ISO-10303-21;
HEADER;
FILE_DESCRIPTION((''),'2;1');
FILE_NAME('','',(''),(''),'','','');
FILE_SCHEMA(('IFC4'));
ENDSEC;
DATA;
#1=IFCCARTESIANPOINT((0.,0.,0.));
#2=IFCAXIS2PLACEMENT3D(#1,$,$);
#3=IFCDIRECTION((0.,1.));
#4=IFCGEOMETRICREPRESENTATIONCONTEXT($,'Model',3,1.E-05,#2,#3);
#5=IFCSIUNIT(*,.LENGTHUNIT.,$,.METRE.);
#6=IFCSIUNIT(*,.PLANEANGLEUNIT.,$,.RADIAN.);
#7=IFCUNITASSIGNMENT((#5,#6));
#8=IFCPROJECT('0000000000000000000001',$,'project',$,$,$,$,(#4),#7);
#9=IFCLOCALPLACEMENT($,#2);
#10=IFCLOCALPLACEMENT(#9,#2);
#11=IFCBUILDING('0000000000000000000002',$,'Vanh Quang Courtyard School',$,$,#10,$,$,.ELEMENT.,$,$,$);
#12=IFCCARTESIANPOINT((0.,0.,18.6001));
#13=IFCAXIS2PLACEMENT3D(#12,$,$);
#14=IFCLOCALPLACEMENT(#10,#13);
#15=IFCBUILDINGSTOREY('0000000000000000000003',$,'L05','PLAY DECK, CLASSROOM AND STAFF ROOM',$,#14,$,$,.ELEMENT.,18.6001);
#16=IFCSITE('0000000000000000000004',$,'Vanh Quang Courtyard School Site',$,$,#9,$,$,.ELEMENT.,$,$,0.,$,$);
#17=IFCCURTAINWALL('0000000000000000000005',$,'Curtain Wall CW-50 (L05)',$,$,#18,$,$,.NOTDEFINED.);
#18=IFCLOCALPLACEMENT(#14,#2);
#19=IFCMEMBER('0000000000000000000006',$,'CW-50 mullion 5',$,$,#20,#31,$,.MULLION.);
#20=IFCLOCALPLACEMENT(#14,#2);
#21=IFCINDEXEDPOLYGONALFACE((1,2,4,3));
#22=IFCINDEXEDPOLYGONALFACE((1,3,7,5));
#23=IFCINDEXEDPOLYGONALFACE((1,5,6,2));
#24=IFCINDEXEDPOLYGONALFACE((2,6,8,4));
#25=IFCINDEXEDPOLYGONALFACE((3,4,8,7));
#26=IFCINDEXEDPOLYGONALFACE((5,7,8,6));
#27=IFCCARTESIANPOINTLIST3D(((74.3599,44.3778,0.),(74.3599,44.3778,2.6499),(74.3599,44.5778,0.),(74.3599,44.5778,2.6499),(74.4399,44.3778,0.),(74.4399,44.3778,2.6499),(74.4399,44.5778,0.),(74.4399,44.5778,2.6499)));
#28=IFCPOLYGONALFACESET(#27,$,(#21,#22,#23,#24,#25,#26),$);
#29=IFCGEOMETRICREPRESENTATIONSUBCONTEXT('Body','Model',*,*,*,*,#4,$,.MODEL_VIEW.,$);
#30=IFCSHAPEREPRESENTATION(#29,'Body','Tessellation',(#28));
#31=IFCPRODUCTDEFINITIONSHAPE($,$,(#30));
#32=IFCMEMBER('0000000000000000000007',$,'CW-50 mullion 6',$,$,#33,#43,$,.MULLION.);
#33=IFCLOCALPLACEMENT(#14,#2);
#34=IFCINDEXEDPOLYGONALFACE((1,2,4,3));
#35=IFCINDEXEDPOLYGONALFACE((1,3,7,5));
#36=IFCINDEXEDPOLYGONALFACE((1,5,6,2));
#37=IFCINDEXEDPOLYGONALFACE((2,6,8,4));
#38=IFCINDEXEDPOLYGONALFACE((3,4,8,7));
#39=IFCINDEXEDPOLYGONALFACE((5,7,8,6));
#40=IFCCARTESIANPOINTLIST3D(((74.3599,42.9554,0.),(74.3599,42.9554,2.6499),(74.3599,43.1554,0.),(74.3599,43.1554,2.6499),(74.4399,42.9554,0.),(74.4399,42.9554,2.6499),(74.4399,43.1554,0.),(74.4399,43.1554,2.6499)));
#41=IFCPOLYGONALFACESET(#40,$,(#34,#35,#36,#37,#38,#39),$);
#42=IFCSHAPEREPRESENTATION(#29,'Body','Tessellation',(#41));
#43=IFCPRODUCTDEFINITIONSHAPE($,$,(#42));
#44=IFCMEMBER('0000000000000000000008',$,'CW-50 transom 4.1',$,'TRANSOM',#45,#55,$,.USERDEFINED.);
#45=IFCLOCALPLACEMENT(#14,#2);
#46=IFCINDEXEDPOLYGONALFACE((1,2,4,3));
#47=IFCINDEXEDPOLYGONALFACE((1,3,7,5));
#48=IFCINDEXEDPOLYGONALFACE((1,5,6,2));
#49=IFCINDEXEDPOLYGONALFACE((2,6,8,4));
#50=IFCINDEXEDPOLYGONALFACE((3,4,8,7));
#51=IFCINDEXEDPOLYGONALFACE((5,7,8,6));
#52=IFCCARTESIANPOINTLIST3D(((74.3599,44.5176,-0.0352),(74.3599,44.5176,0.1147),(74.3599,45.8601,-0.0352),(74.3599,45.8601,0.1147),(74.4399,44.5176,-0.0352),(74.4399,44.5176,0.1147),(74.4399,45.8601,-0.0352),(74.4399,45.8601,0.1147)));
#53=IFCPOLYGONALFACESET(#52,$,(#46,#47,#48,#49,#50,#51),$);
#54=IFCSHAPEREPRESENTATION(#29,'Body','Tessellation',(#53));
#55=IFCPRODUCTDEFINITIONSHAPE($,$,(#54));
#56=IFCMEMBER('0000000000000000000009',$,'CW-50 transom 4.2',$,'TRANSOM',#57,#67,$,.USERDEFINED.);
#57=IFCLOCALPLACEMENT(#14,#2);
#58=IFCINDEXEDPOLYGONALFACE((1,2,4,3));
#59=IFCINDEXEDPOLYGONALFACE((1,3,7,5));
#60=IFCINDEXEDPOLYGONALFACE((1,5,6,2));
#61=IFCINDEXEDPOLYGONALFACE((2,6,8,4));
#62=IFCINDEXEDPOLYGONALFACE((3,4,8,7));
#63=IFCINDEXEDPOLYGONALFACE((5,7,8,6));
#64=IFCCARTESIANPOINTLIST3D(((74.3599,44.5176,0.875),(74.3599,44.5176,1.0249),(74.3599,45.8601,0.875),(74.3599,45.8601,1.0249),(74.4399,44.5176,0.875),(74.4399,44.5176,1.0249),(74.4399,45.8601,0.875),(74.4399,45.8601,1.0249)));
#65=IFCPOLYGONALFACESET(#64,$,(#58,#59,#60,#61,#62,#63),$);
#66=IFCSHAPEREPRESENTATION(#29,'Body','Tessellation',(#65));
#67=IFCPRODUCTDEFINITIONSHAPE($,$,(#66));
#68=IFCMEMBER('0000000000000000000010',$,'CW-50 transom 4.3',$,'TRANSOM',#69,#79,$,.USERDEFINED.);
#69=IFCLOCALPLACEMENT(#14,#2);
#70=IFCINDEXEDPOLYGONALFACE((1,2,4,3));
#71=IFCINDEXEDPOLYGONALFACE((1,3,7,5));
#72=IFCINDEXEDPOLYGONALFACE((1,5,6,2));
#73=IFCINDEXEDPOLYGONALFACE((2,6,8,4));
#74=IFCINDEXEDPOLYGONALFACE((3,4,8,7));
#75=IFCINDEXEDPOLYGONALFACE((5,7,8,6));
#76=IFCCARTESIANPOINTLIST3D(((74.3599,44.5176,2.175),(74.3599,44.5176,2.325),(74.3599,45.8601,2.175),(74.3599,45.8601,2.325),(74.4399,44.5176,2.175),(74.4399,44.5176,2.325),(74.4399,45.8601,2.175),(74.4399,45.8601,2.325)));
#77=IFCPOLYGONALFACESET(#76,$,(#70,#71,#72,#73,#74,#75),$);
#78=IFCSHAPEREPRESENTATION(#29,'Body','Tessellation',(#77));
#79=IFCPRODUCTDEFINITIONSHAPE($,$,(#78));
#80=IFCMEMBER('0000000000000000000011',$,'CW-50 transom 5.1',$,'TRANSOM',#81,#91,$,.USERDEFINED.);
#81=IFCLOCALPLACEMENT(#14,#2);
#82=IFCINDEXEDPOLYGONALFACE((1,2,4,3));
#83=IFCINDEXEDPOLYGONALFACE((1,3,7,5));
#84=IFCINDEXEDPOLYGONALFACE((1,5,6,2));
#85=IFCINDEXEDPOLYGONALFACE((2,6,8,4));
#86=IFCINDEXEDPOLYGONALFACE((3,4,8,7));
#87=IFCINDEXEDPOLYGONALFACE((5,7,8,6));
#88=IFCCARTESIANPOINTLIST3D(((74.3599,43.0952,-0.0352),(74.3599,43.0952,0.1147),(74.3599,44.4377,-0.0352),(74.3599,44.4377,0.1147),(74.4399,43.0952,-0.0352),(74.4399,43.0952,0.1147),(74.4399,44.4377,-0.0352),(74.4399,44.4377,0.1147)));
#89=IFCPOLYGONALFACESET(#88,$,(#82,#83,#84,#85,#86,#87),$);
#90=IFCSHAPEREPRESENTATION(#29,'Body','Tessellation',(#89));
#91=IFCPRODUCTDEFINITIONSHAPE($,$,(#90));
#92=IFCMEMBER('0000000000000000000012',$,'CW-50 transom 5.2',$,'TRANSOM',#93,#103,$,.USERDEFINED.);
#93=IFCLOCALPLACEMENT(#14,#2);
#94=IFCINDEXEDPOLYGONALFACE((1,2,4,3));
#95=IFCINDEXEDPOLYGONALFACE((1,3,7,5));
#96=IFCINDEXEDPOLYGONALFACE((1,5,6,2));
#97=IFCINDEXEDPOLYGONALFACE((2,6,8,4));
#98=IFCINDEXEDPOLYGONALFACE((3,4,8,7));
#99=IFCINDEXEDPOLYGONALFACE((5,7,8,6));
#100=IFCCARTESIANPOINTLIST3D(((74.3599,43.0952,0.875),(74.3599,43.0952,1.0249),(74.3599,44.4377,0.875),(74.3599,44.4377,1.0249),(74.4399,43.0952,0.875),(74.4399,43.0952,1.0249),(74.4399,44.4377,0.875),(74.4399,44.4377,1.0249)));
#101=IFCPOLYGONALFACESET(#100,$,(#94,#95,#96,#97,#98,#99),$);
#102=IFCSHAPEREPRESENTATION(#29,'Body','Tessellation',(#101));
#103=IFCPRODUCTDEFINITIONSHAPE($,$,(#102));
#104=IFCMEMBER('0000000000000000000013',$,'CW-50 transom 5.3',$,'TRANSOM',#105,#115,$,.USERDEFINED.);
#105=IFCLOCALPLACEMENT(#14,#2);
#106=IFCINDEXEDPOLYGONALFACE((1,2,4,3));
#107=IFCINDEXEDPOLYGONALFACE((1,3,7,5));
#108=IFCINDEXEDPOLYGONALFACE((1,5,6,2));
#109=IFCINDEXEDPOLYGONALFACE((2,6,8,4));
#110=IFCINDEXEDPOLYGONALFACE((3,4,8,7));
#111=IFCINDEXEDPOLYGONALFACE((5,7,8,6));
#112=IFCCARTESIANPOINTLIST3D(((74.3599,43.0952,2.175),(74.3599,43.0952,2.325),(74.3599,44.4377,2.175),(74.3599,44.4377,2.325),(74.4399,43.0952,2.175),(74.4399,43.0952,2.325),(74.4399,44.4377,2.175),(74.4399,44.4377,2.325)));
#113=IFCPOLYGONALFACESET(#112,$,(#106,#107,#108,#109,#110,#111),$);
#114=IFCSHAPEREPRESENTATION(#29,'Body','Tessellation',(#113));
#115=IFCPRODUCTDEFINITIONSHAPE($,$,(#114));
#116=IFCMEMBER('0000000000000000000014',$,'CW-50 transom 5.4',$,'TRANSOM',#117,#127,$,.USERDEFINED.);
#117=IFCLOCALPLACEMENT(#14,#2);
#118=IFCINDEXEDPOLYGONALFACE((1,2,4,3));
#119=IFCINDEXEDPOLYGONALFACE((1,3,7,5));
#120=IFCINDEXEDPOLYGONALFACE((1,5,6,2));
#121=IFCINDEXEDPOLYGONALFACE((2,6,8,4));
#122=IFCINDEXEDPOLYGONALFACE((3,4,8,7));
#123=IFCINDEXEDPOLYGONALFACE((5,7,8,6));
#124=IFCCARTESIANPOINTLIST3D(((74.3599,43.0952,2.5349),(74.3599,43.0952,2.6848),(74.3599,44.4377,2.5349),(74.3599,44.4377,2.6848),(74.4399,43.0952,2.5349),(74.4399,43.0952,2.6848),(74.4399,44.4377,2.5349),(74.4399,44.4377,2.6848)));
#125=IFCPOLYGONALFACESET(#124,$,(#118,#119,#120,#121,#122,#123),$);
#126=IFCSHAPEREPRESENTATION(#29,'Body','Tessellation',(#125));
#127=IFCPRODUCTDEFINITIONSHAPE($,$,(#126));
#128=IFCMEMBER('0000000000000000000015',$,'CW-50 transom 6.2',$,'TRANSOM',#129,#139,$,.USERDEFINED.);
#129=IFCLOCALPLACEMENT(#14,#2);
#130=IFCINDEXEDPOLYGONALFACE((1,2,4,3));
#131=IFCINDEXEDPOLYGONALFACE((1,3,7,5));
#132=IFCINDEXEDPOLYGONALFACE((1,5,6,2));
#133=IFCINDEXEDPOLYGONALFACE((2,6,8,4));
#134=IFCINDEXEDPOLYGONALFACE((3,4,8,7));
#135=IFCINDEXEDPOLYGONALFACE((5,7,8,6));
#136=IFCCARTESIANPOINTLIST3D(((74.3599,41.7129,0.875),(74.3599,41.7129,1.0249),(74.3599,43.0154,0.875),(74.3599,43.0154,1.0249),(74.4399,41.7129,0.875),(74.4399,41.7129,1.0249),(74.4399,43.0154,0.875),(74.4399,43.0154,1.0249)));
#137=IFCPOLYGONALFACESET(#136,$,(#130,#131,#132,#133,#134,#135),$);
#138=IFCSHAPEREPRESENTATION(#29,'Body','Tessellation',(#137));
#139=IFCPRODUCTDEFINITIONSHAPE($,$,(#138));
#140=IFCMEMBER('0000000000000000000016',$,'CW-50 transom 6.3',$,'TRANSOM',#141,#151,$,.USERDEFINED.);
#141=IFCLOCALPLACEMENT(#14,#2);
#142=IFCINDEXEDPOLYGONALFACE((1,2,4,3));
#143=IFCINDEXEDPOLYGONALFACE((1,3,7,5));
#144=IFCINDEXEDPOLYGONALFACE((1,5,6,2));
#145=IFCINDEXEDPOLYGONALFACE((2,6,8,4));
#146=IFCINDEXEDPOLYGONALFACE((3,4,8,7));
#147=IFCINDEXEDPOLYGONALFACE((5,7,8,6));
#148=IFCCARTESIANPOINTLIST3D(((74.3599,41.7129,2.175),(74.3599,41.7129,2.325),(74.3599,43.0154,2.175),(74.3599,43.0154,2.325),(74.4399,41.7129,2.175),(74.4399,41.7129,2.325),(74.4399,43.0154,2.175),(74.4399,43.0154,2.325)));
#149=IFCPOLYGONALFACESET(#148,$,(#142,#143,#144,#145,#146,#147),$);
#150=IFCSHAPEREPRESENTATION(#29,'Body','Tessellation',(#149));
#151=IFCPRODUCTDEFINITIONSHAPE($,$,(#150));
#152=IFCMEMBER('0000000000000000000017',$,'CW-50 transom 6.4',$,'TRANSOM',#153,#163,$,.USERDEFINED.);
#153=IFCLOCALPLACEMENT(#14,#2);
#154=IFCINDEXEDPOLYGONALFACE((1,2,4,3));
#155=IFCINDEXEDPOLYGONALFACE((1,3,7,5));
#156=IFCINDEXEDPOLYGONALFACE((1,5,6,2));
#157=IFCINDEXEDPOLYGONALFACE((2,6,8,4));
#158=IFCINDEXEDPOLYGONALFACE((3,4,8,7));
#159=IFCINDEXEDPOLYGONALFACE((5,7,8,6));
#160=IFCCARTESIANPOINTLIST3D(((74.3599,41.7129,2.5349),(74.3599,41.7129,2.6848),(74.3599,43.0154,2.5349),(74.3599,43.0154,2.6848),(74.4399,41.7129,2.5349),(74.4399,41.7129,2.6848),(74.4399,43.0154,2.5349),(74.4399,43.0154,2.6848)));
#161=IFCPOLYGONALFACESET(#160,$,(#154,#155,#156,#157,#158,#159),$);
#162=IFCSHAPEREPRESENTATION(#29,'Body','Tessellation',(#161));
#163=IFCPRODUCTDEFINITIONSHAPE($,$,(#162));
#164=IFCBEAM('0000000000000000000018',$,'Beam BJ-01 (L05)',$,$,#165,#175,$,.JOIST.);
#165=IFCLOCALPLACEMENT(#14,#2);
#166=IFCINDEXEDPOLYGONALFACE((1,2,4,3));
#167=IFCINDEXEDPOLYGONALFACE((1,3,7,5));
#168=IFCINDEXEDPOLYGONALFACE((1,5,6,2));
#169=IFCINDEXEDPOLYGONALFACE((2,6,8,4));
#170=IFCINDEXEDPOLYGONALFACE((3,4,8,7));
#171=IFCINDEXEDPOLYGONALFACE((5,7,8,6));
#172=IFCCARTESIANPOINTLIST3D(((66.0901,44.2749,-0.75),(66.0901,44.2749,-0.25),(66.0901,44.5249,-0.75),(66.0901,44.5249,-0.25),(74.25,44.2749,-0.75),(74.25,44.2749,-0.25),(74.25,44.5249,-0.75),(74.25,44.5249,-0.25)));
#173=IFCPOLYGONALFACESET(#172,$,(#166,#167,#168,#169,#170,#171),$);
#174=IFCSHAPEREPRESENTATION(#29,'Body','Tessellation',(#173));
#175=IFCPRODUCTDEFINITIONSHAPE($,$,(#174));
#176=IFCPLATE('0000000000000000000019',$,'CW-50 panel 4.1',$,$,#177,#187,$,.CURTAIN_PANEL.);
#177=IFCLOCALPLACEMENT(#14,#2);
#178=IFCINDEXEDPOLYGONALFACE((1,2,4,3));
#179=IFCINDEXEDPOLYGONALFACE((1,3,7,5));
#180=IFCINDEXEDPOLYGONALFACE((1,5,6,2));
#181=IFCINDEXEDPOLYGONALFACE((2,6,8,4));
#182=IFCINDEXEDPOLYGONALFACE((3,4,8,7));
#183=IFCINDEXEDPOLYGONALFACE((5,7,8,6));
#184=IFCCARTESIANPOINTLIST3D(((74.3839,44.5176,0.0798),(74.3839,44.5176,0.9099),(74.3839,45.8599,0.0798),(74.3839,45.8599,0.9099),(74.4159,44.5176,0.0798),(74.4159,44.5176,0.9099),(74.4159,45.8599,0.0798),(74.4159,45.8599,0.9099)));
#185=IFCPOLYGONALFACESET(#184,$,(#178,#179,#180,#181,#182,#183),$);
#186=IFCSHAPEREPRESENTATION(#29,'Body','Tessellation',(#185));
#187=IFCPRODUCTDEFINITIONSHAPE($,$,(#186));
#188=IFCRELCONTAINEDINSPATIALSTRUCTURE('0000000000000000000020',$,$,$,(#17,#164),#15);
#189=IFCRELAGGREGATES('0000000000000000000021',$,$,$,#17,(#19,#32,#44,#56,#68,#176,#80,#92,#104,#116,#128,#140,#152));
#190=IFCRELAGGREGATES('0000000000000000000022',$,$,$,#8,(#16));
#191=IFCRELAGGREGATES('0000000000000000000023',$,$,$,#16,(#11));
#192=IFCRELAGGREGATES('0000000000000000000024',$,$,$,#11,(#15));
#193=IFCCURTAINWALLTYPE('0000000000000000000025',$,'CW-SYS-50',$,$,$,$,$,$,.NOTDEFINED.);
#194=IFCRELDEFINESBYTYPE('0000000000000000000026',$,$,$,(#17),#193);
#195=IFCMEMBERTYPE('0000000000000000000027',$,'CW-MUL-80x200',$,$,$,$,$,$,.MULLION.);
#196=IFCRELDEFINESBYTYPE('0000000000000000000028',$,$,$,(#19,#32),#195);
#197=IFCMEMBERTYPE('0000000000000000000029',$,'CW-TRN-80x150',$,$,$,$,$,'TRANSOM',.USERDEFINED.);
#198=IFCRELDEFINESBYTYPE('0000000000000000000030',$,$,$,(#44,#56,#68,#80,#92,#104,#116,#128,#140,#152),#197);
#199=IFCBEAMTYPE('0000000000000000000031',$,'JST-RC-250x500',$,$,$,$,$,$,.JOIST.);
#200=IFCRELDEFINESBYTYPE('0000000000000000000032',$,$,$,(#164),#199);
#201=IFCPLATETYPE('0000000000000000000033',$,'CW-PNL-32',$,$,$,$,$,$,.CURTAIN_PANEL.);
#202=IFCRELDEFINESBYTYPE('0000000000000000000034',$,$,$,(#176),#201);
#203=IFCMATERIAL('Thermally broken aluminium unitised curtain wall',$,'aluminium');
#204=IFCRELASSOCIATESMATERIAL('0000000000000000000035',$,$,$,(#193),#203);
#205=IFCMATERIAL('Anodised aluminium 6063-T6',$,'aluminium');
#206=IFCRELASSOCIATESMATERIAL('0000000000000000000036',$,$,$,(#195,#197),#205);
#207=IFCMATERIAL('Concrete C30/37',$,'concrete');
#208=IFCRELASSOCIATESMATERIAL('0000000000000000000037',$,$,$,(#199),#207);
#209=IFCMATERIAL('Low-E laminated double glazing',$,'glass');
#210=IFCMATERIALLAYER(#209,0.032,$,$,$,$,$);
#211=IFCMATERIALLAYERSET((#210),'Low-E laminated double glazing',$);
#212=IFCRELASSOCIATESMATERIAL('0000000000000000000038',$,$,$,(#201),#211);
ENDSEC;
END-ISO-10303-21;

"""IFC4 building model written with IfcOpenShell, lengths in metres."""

from ifc_helpers import new_model, si_unit, direction, frame, origin, origin_2d, place, context, subcontext, project, spatial, rectangle, extrude, material, layer, layer_set, material_profile, profile_set, type_object, element, aggregate, save


model = new_model("IFC4")

# Units and contexts
model_context = context("Model", 3, precision=1e-05, world=origin(), true_north=direction((0.0, 1.0)))
body_context = subcontext(model_context, "Body", "Model", "MODEL_VIEW")
ifc_project = project(units=[si_unit("LENGTHUNIT", "METRE"), si_unit("PLANEANGLEUNIT", "RADIAN")], contexts=[model_context])

# Site, building, storey
site_placement = place(None, origin())
site = spatial("IfcSite", under=ifc_project, at=site_placement, Name="Vanh Quang Courtyard School Site", CompositionType="ELEMENT", RefElevation=0.0)
building_placement = place(site_placement, origin())
building = spatial("IfcBuilding", under=site, at=building_placement, Name="Vanh Quang Courtyard School", CompositionType="ELEMENT")
storey_placement = place(building_placement, frame((0.0, 0.0, 18.6001)))
storey = spatial("IfcBuildingStorey", under=building, at=storey_placement, Name="L05", Description="PLAY DECK, CLASSROOM AND STAFF ROOM", CompositionType="ELEMENT", Elevation=18.6001)

# Curtain wall, members
ifc_material_1 = material(Name="Thermally broken aluminium unitised curtain wall", Category="aluminium")
curtain_wall_type = type_object("IfcCurtainWallType", Name="CW-SYS-50", PredefinedType="NOTDEFINED", material=ifc_material_1)
curtain_wall_placement = place(storey_placement, origin())
curtain_wall = element("IfcCurtainWall", 1, at=curtain_wall_placement, inside=storey, type_object=curtain_wall_type, Name="Curtain Wall CW-50 (L05)", PredefinedType="NOTDEFINED")
ifc_material_2 = material(Name="Anodised aluminium 6063-T6", Category="aluminium")
ifc_material_profile_1 = material_profile(ifc_material_2, rectangle(XDim=0.0801, YDim=0.2, at=origin_2d()), Name="ALU-MUL 80x200")
ifc_profile_set_1 = profile_set([ifc_material_profile_1], Name="Anodised aluminium 6063-T6")
member_type_1 = type_object("IfcMemberType", Name="CW-MUL-80x200", PredefinedType="MULLION", material=ifc_profile_set_1)
member_1_placement = place(storey_placement, frame((74.3999, 44.4778, 0.0), z_axis=(0.0, 0.0, 1.0), x_axis=(1.0, 0.0, 0.0)))
member_1 = element("IfcMember", 2, at=member_1_placement, type_object=member_type_1, Name="CW-50 mullion 5", PredefinedType="MULLION", context=body_context, shape_type="SweptSolid", body=[
    extrude(rectangle(XDim=0.0801, YDim=0.2, at=origin_2d()), origin(), (0.0, 0.0, 1.0), 2.6499),
])
member_2_placement = place(storey_placement, frame((74.3999, 43.0554, 0.0), z_axis=(0.0, 0.0, 1.0), x_axis=(1.0, 0.0, 0.0)))
member_2 = element("IfcMember", 3, at=member_2_placement, type_object=member_type_1, Name="CW-50 mullion 6", PredefinedType="MULLION", context=body_context, shape_type="SweptSolid", body=[
    extrude(rectangle(XDim=0.0801, YDim=0.2, at=origin_2d()), origin(), (0.0, 0.0, 1.0), 2.6499),
])
ifc_material_profile_2 = material_profile(ifc_material_2, rectangle(XDim=0.0801, YDim=0.1499, at=origin_2d()), Name="ALU-TRN 80x150")
ifc_profile_set_2 = profile_set([ifc_material_profile_2], Name="Anodised aluminium 6063-T6")
member_type_2 = type_object("IfcMemberType", Name="CW-TRN-80x150", ElementType="TRANSOM", PredefinedType="USERDEFINED", material=ifc_profile_set_2)
member_3_placement = place(storey_placement, frame((74.3999, 45.8601, 0.0398), z_axis=(0.0, -1.0, 0.0), x_axis=(1.0, 0.0, 0.0)))
member_3 = element("IfcMember", 4, at=member_3_placement, type_object=member_type_2, Name="CW-50 transom 4.1", ObjectType="TRANSOM", PredefinedType="USERDEFINED", context=body_context, shape_type="SweptSolid", body=[
    extrude(rectangle(XDim=0.0801, YDim=0.1499, at=origin_2d()), origin(), (0.0, 0.0, 1.0), 1.3425),
])
member_4_placement = place(storey_placement, frame((74.3999, 45.8601, 0.95), z_axis=(0.0, -1.0, 0.0), x_axis=(1.0, 0.0, 0.0)))
member_4 = element("IfcMember", 5, at=member_4_placement, type_object=member_type_2, Name="CW-50 transom 4.2", ObjectType="TRANSOM", PredefinedType="USERDEFINED", context=body_context, shape_type="SweptSolid", body=[
    extrude(rectangle(XDim=0.0801, YDim=0.1499, at=origin_2d()), origin(), (0.0, 0.0, 1.0), 1.3425),
])
member_5_placement = place(storey_placement, frame((74.3999, 45.8601, 2.25), z_axis=(0.0, -1.0, 0.0), x_axis=(1.0, 0.0, 0.0)))
member_5 = element("IfcMember", 6, at=member_5_placement, type_object=member_type_2, Name="CW-50 transom 4.3", ObjectType="TRANSOM", PredefinedType="USERDEFINED", context=body_context, shape_type="SweptSolid", body=[
    extrude(rectangle(XDim=0.0801, YDim=0.1499, at=origin_2d()), origin(), (0.0, 0.0, 1.0), 1.3425),
])
member_6_placement = place(storey_placement, frame((74.3999, 44.4377, 0.0398), z_axis=(0.0, -1.0, 0.0), x_axis=(1.0, 0.0, 0.0)))
member_6 = element("IfcMember", 7, at=member_6_placement, type_object=member_type_2, Name="CW-50 transom 5.1", ObjectType="TRANSOM", PredefinedType="USERDEFINED", context=body_context, shape_type="SweptSolid", body=[
    extrude(rectangle(XDim=0.0801, YDim=0.1499, at=origin_2d()), origin(), (0.0, 0.0, 1.0), 1.3425),
])
member_7_placement = place(storey_placement, frame((74.3999, 44.4377, 0.95), z_axis=(0.0, -1.0, 0.0), x_axis=(1.0, 0.0, 0.0)))
member_7 = element("IfcMember", 8, at=member_7_placement, type_object=member_type_2, Name="CW-50 transom 5.2", ObjectType="TRANSOM", PredefinedType="USERDEFINED", context=body_context, shape_type="SweptSolid", body=[
    extrude(rectangle(XDim=0.0801, YDim=0.1499, at=origin_2d()), origin(), (0.0, 0.0, 1.0), 1.3425),
])
member_8_placement = place(storey_placement, frame((74.3999, 44.4377, 2.25), z_axis=(0.0, -1.0, 0.0), x_axis=(1.0, 0.0, 0.0)))
member_8 = element("IfcMember", 9, at=member_8_placement, type_object=member_type_2, Name="CW-50 transom 5.3", ObjectType="TRANSOM", PredefinedType="USERDEFINED", context=body_context, shape_type="SweptSolid", body=[
    extrude(rectangle(XDim=0.0801, YDim=0.1499, at=origin_2d()), origin(), (0.0, 0.0, 1.0), 1.3425),
])
member_9_placement = place(storey_placement, frame((74.3999, 44.4377, 2.6099), z_axis=(0.0, -1.0, 0.0), x_axis=(1.0, 0.0, 0.0)))
member_9 = element("IfcMember", 10, at=member_9_placement, type_object=member_type_2, Name="CW-50 transom 5.4", ObjectType="TRANSOM", PredefinedType="USERDEFINED", context=body_context, shape_type="SweptSolid", body=[
    extrude(rectangle(XDim=0.0801, YDim=0.1499, at=origin_2d()), origin(), (0.0, 0.0, 1.0), 1.3425),
])
member_10_placement = place(storey_placement, frame((74.3999, 43.0154, 0.95), z_axis=(0.0, -1.0, 0.0), x_axis=(1.0, 0.0, 0.0)))
member_10 = element("IfcMember", 11, at=member_10_placement, type_object=member_type_2, Name="CW-50 transom 6.2", ObjectType="TRANSOM", PredefinedType="USERDEFINED", context=body_context, shape_type="SweptSolid", body=[
    extrude(rectangle(XDim=0.0801, YDim=0.1499, at=origin_2d()), origin(), (0.0, 0.0, 1.0), 1.3025),
])
member_11_placement = place(storey_placement, frame((74.3999, 43.0154, 2.25), z_axis=(0.0, -1.0, 0.0), x_axis=(1.0, 0.0, 0.0)))
member_11 = element("IfcMember", 12, at=member_11_placement, type_object=member_type_2, Name="CW-50 transom 6.3", ObjectType="TRANSOM", PredefinedType="USERDEFINED", context=body_context, shape_type="SweptSolid", body=[
    extrude(rectangle(XDim=0.0801, YDim=0.1499, at=origin_2d()), origin(), (0.0, 0.0, 1.0), 1.3025),
])
member_12_placement = place(storey_placement, frame((74.3999, 43.0154, 2.6099), z_axis=(0.0, -1.0, 0.0), x_axis=(1.0, 0.0, 0.0)))
member_12 = element("IfcMember", 13, at=member_12_placement, type_object=member_type_2, Name="CW-50 transom 6.4", ObjectType="TRANSOM", PredefinedType="USERDEFINED", context=body_context, shape_type="SweptSolid", body=[
    extrude(rectangle(XDim=0.0801, YDim=0.1499, at=origin_2d()), origin(), (0.0, 0.0, 1.0), 1.3025),
])

# Beam
ifc_material_3 = material(Name="Concrete C30/37", Category="concrete")
ifc_material_profile_3 = material_profile(ifc_material_3, rectangle(XDim=0.25, YDim=0.5, at=origin_2d()), Name="RC-JST 250x500")
ifc_profile_set_3 = profile_set([ifc_material_profile_3], Name="Concrete C30/37")
beam_type = type_object("IfcBeamType", Name="JST-RC-250x500", PredefinedType="JOIST", material=ifc_profile_set_3)
beam_placement = place(storey_placement, frame((66.0901, 44.3999, -0.5), z_axis=(1.0, 0.0, 0.0), x_axis=(0.0, 1.0, 0.0)))
element("IfcBeam", 14, at=beam_placement, inside=storey, type_object=beam_type, Name="Beam BJ-01 (L05)", PredefinedType="JOIST", context=body_context, shape_type="SweptSolid", body=[
    extrude(rectangle(XDim=0.25, YDim=0.5, at=origin_2d()), origin(), (0.0, 0.0, 1.0), 8.1599),
])

# Plate
ifc_material_4 = material(Name="Low-E laminated double glazing", Category="glass")
ifc_layer = layer(ifc_material_4, 0.032)
ifc_layer_set = layer_set([ifc_layer], Name="Low-E laminated double glazing")
plate_type = type_object("IfcPlateType", Name="CW-PNL-32", PredefinedType="CURTAIN_PANEL", material=ifc_layer_set)
plate_1_placement = place(storey_placement, frame((74.3999, 45.1887, 0.0798), z_axis=(0.0, 0.0, 1.0), x_axis=(0.0, -1.0, 0.0)))
plate_1 = element("IfcPlate", 15, at=plate_1_placement, type_object=plate_type, Name="CW-50 panel 4.1", PredefinedType="CURTAIN_PANEL", context=body_context, shape_type="SweptSolid", body=[
    extrude(rectangle(XDim=1.3423, YDim=0.032, at=origin_2d()), origin(), (0.0, 0.0, 1.0), 0.8301),
])
aggregate(curtain_wall, [member_1, member_2, member_3, member_4, member_5, plate_1, member_6, member_7, member_8, member_9, member_10, member_11, member_12])

save(model, "model.ifc")
